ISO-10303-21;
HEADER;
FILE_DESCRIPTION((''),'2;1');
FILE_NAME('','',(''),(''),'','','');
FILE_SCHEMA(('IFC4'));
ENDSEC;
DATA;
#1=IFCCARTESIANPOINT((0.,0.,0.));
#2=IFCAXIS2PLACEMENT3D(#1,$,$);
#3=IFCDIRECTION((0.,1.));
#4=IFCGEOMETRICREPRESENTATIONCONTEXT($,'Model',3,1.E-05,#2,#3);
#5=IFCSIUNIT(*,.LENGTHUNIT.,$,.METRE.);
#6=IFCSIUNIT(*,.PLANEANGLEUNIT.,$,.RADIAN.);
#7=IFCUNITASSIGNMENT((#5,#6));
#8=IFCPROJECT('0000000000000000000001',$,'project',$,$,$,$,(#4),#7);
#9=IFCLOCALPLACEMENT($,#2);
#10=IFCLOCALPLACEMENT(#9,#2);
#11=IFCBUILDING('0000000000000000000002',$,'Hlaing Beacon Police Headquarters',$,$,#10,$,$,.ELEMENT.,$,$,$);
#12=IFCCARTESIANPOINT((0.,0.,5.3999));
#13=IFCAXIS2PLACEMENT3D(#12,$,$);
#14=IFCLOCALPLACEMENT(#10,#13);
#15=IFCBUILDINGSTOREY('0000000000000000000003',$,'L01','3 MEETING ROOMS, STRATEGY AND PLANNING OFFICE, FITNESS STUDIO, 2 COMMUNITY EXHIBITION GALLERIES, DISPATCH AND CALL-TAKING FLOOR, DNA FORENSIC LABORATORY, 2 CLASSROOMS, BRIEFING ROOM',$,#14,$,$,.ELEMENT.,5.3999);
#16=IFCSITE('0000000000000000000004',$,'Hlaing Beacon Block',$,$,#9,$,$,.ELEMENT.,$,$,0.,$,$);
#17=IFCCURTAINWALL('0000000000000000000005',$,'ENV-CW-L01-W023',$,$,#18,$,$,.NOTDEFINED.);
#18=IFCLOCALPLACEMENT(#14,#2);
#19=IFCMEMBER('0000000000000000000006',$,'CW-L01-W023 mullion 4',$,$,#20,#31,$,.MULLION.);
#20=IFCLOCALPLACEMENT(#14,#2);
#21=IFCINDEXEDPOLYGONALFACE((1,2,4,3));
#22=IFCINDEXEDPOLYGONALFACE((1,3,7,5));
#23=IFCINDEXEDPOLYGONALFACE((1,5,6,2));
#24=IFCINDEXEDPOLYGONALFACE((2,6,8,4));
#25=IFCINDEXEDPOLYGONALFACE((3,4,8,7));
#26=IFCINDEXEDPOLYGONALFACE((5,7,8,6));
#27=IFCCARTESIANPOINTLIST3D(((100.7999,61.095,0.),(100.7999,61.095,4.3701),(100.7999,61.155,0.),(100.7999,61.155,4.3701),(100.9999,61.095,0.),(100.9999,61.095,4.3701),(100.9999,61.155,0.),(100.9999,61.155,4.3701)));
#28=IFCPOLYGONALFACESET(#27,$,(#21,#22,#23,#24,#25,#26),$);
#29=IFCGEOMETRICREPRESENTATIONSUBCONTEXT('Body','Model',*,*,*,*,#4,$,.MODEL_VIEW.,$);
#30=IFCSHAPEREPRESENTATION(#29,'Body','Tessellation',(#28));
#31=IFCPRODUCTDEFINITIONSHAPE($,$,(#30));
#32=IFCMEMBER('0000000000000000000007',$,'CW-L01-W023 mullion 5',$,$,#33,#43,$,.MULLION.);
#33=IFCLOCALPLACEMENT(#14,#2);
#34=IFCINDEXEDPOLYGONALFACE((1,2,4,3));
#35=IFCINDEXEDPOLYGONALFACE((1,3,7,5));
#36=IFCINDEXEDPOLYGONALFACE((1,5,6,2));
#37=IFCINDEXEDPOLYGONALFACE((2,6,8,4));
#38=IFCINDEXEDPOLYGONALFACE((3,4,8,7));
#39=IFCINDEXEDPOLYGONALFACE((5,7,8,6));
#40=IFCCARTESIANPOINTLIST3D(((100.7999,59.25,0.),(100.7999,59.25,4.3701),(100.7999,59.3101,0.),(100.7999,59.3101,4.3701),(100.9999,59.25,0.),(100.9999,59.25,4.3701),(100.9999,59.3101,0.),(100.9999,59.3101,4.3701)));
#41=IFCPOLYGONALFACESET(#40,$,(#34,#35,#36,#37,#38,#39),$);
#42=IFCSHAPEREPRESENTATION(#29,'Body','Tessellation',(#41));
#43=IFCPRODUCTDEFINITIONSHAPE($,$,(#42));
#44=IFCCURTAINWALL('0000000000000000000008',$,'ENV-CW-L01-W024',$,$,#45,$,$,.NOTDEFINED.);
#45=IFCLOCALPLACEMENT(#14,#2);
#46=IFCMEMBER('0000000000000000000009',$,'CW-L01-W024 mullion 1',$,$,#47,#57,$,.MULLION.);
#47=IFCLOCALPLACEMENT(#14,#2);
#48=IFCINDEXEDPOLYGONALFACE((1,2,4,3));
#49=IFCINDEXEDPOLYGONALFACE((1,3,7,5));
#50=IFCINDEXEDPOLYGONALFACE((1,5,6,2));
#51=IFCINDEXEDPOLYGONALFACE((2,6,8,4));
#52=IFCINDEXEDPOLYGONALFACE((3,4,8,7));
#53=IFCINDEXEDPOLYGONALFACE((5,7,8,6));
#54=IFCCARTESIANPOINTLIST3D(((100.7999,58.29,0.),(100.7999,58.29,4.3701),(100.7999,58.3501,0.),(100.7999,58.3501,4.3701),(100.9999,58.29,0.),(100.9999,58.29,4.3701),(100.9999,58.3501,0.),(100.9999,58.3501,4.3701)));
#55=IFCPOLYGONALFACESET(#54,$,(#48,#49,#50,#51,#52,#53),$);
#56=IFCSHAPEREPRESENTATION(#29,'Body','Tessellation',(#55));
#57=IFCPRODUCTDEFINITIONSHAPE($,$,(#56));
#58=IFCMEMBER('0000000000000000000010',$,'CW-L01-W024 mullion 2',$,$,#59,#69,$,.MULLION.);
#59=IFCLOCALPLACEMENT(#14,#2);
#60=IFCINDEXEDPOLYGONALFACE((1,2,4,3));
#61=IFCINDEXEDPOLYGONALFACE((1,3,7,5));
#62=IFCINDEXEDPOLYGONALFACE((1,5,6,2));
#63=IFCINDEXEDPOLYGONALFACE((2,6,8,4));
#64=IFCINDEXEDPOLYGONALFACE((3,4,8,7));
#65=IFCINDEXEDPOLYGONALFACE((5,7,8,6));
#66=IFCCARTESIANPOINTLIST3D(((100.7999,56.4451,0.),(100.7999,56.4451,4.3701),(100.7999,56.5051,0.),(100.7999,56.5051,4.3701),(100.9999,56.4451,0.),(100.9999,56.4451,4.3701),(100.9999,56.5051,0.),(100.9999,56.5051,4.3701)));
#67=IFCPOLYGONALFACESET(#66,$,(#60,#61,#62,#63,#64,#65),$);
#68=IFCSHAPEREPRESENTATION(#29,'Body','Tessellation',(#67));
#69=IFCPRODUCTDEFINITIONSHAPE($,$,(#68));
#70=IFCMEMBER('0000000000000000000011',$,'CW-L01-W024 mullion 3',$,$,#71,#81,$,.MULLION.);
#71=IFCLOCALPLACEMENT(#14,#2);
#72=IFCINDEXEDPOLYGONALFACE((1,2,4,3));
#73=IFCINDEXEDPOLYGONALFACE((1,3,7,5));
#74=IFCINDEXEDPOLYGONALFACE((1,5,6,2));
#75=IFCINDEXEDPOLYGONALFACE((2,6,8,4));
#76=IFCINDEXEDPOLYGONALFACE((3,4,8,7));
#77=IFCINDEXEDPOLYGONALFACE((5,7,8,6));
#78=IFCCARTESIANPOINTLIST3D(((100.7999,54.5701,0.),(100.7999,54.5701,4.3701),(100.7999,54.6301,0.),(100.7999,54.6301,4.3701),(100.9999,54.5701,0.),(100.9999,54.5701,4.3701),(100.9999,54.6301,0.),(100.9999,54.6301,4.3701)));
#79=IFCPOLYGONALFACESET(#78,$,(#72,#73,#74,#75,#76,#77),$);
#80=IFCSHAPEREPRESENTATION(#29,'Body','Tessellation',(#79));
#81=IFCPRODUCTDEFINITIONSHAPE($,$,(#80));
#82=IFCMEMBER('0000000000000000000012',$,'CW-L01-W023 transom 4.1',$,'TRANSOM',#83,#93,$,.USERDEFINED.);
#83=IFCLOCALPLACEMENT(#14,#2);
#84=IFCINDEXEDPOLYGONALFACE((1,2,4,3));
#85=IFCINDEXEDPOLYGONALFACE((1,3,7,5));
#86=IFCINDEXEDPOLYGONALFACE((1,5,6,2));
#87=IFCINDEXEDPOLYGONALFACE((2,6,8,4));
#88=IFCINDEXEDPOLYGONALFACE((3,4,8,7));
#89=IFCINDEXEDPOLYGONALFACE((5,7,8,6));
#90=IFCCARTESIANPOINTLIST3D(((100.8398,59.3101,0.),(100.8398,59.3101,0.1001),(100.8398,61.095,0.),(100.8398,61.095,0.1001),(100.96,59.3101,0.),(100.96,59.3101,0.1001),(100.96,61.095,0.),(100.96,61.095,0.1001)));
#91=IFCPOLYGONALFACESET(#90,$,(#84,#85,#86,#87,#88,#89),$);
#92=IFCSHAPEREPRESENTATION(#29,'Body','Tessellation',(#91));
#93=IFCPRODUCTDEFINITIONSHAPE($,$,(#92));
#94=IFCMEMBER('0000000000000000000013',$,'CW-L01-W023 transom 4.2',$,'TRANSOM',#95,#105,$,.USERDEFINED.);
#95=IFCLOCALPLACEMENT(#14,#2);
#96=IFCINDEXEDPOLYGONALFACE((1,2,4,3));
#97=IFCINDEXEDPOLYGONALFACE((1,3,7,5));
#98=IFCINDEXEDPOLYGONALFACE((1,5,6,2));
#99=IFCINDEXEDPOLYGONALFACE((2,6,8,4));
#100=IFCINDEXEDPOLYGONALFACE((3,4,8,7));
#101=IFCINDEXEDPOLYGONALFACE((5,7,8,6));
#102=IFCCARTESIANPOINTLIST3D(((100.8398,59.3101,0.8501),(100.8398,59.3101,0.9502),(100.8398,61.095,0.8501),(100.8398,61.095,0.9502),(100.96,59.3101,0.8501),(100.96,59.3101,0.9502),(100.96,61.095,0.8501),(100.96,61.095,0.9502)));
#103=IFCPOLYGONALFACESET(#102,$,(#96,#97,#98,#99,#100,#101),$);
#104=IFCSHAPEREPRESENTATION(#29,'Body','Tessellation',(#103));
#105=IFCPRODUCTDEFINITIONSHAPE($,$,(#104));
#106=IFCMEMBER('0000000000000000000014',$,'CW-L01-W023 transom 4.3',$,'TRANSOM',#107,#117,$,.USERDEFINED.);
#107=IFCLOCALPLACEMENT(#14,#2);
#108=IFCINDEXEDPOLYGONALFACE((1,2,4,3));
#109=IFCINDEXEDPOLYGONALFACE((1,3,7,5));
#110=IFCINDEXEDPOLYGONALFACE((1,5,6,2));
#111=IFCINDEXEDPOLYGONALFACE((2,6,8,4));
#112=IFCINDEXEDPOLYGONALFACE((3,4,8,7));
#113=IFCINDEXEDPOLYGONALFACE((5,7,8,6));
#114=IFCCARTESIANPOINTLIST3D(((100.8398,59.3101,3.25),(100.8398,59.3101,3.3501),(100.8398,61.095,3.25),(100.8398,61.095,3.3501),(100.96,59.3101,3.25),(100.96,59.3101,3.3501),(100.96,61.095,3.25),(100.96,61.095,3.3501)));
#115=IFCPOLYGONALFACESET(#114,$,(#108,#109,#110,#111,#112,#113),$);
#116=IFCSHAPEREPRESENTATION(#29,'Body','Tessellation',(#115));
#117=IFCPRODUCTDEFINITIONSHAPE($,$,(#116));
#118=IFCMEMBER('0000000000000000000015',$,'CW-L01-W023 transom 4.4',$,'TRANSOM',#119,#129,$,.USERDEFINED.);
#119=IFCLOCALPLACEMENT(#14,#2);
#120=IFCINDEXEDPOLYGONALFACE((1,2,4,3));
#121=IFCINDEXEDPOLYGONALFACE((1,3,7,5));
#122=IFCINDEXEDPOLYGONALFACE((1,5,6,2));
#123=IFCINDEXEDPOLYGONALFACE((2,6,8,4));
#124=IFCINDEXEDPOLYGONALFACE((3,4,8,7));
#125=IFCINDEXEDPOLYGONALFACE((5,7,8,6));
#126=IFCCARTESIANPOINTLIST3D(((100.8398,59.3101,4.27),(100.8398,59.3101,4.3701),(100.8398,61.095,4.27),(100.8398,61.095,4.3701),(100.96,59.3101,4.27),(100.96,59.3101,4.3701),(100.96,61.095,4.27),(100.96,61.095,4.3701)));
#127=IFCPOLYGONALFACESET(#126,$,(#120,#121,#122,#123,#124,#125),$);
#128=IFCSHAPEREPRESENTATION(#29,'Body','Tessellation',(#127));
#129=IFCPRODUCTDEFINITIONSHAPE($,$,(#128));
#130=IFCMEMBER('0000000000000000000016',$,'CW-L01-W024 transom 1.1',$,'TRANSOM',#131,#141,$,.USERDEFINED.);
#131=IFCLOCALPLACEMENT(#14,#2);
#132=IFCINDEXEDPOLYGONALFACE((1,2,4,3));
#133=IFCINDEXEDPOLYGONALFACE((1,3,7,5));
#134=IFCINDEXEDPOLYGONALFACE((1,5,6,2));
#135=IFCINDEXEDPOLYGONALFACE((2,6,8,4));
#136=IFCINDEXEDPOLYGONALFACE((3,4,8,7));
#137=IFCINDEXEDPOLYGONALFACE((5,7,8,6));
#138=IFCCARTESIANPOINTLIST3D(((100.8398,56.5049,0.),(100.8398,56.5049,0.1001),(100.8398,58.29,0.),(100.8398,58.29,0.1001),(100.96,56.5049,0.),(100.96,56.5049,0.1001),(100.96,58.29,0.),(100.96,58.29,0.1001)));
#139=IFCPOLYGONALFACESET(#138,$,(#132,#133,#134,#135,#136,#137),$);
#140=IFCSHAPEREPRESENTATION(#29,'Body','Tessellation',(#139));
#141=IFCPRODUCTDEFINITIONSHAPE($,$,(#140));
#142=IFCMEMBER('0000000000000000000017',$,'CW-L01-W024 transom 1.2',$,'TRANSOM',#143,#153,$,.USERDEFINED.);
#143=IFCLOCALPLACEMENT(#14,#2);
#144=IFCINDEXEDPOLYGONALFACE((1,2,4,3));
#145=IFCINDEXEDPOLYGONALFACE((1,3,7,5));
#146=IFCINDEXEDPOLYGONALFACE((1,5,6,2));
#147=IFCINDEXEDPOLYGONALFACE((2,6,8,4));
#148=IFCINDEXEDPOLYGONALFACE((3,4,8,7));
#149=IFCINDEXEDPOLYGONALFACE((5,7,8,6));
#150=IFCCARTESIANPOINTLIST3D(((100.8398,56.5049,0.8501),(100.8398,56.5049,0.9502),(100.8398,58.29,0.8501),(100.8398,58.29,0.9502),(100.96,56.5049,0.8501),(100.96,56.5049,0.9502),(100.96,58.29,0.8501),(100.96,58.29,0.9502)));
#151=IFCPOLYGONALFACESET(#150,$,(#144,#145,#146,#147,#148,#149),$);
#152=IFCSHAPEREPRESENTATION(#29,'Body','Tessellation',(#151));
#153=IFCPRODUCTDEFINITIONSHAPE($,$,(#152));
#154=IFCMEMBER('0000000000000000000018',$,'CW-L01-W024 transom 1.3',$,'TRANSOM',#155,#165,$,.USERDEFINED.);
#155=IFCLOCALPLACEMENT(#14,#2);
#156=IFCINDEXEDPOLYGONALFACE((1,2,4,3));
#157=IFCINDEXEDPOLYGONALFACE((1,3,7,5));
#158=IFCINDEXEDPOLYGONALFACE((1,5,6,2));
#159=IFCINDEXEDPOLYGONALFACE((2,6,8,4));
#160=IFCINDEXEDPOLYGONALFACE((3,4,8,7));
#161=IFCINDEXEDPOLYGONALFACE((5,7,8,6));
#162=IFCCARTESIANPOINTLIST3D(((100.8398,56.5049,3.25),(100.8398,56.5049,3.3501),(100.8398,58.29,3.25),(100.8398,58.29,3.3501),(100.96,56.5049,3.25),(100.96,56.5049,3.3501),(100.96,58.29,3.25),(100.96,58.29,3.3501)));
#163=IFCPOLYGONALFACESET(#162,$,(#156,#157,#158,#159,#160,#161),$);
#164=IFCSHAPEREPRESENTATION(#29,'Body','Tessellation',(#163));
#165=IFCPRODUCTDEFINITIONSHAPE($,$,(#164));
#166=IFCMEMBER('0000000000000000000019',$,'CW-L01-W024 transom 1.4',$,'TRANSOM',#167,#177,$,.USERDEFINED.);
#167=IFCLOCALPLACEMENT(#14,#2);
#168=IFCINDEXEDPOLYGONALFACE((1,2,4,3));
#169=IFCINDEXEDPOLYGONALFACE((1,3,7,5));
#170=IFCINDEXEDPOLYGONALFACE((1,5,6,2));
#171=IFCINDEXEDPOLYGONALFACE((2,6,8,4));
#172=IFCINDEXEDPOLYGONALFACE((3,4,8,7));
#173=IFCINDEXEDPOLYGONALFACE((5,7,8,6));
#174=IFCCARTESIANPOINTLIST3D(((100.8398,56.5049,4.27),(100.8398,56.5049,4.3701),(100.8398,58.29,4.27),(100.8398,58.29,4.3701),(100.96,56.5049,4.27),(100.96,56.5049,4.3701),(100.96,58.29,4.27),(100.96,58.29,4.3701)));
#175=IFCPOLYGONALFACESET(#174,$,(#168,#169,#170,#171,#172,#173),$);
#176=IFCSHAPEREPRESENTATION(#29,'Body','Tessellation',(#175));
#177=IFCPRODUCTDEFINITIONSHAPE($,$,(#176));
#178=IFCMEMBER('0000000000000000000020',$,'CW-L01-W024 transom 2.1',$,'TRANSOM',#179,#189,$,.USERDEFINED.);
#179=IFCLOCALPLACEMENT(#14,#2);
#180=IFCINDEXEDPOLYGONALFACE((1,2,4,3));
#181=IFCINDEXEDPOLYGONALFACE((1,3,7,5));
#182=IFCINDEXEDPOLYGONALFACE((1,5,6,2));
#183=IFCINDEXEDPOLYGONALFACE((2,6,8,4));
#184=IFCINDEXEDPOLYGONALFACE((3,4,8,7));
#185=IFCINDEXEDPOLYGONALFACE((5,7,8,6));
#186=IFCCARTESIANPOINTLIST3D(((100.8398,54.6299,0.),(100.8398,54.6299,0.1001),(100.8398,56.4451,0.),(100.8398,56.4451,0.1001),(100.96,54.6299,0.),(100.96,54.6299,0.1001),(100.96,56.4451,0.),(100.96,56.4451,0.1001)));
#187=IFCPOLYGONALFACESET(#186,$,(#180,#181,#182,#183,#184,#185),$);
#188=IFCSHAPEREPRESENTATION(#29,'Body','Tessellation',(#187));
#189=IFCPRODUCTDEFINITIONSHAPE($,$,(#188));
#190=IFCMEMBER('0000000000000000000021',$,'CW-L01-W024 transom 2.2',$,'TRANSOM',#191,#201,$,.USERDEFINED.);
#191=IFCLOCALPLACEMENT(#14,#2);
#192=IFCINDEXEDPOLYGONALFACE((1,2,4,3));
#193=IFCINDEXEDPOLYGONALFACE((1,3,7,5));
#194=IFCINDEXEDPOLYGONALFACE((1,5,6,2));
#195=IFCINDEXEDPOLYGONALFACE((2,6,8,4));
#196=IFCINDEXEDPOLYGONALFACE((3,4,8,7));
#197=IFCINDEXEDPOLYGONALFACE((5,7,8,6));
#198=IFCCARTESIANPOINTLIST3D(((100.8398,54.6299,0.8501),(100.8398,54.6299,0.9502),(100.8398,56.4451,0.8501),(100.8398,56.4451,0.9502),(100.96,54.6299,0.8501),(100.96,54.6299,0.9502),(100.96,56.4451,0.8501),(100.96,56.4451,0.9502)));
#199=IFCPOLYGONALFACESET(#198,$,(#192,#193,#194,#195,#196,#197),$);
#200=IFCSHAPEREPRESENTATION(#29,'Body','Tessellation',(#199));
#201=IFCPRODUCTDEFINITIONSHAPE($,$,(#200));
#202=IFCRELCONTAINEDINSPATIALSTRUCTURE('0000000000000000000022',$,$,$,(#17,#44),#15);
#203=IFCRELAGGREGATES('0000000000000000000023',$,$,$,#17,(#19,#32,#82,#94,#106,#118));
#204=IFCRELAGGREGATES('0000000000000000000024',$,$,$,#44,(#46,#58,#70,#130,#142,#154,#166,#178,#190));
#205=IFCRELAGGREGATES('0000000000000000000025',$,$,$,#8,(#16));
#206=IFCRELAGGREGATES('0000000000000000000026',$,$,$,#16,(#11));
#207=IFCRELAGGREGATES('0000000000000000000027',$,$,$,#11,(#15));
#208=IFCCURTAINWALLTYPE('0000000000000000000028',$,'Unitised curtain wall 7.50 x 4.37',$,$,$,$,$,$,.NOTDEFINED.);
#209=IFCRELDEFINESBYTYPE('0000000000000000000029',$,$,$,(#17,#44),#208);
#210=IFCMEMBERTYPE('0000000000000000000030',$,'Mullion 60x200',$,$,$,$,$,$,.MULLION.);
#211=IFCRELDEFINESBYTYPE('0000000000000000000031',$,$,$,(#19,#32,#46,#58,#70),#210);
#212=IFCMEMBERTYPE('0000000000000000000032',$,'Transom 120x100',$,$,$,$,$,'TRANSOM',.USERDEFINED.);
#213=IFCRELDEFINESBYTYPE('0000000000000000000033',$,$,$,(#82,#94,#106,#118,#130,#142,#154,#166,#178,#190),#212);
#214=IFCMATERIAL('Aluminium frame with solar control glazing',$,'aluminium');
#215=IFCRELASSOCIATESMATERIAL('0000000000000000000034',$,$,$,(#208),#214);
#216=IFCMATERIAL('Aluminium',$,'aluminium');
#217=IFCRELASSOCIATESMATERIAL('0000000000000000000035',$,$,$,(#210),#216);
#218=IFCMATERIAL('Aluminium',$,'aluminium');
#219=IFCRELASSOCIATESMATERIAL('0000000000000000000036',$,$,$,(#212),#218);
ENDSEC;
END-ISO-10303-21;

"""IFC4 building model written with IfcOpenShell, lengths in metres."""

from ifc_helpers import new_model, si_unit, direction, frame, origin, origin_2d, place, context, subcontext, project, spatial, rectangle, extrude, material, material_profile, profile_set, type_object, element, aggregate, save


model = new_model("IFC4")

# Units and contexts
model_context = context("Model", 3, precision=1e-05, world=origin(), true_north=direction((0.0, 1.0)))
body_context = subcontext(model_context, "Body", "Model", "MODEL_VIEW")
ifc_project = project(units=[si_unit("LENGTHUNIT", "METRE"), si_unit("PLANEANGLEUNIT", "RADIAN")], contexts=[model_context])

# Site, building, storey
site_placement = place(None, origin())
site = spatial("IfcSite", under=ifc_project, at=site_placement, Name="Hlaing Beacon Block", CompositionType="ELEMENT", RefElevation=0.0)
building_placement = place(site_placement, origin())
building = spatial("IfcBuilding", under=site, at=building_placement, Name="Hlaing Beacon Police Headquarters", CompositionType="ELEMENT")
storey_placement = place(building_placement, frame((0.0, 0.0, 5.3999)))
storey = spatial("IfcBuildingStorey", under=building, at=storey_placement, Name="L01", Description="3 MEETING ROOMS, STRATEGY AND PLANNING OFFICE, FITNESS STUDIO, 2 COMMUNITY EXHIBITION GALLERIES, DISPATCH AND CALL-TAKING FLOOR, DNA FORENSIC LABORATORY, 2 CLASSROOMS, BRIEFING ROOM", CompositionType="ELEMENT", Elevation=5.3999)

# Curtain walls, members
ifc_material_1 = material(Name="Aluminium frame with solar control glazing", Category="aluminium")
curtain_wall_type = type_object("IfcCurtainWallType", Name="Unitised curtain wall 7.50 x 4.37", PredefinedType="NOTDEFINED", material=ifc_material_1)
curtain_wall_1_placement = place(storey_placement, origin())
curtain_wall_1 = element("IfcCurtainWall", 1, at=curtain_wall_1_placement, inside=storey, type_object=curtain_wall_type, Name="ENV-CW-L01-W023", PredefinedType="NOTDEFINED")
ifc_material_2 = material(Name="Aluminium", Category="aluminium")
ifc_material_profile_1 = material_profile(ifc_material_2, rectangle(XDim=0.2, YDim=0.0601, at=origin_2d()), Name="Mullion 60x200")
ifc_profile_set_1 = profile_set([ifc_material_profile_1], Name="Aluminium")
member_type_1 = type_object("IfcMemberType", Name="Mullion 60x200", PredefinedType="MULLION", material=ifc_profile_set_1)
member_1_placement = place(storey_placement, frame((100.8999, 61.125, 0.0), z_axis=(0.0, 0.0, 1.0), x_axis=(1.0, 0.0, 0.0)))
member_1 = element("IfcMember", 2, at=member_1_placement, type_object=member_type_1, Name="CW-L01-W023 mullion 4", PredefinedType="MULLION", context=body_context, shape_type="SweptSolid", body=[
    extrude(rectangle(XDim=0.2, YDim=0.0601, at=origin_2d()), origin(), (0.0, 0.0, 1.0), 4.3701),
])
member_2_placement = place(storey_placement, frame((100.8999, 59.28, 0.0), z_axis=(0.0, 0.0, 1.0), x_axis=(1.0, 0.0, 0.0)))
member_2 = element("IfcMember", 3, at=member_2_placement, type_object=member_type_1, Name="CW-L01-W023 mullion 5", PredefinedType="MULLION", context=body_context, shape_type="SweptSolid", body=[
    extrude(rectangle(XDim=0.2, YDim=0.0601, at=origin_2d()), origin(), (0.0, 0.0, 1.0), 4.3701),
])
curtain_wall_2_placement = place(storey_placement, origin())
curtain_wall_2 = element("IfcCurtainWall", 4, at=curtain_wall_2_placement, inside=storey, type_object=curtain_wall_type, Name="ENV-CW-L01-W024", PredefinedType="NOTDEFINED")
member_3_placement = place(storey_placement, frame((100.8999, 58.3201, 0.0), z_axis=(0.0, 0.0, 1.0), x_axis=(1.0, 0.0, 0.0)))
member_3 = element("IfcMember", 5, at=member_3_placement, type_object=member_type_1, Name="CW-L01-W024 mullion 1", PredefinedType="MULLION", context=body_context, shape_type="SweptSolid", body=[
    extrude(rectangle(XDim=0.2, YDim=0.0601, at=origin_2d()), origin(), (0.0, 0.0, 1.0), 4.3701),
])
member_4_placement = place(storey_placement, frame((100.8999, 56.4751, 0.0), z_axis=(0.0, 0.0, 1.0), x_axis=(1.0, 0.0, 0.0)))
member_4 = element("IfcMember", 6, at=member_4_placement, type_object=member_type_1, Name="CW-L01-W024 mullion 2", PredefinedType="MULLION", context=body_context, shape_type="SweptSolid", body=[
    extrude(rectangle(XDim=0.2, YDim=0.0601, at=origin_2d()), origin(), (0.0, 0.0, 1.0), 4.3701),
])
member_5_placement = place(storey_placement, frame((100.8999, 54.6001, 0.0), z_axis=(0.0, 0.0, 1.0), x_axis=(1.0, 0.0, 0.0)))
member_5 = element("IfcMember", 7, at=member_5_placement, type_object=member_type_1, Name="CW-L01-W024 mullion 3", PredefinedType="MULLION", context=body_context, shape_type="SweptSolid", body=[
    extrude(rectangle(XDim=0.2, YDim=0.0601, at=origin_2d()), origin(), (0.0, 0.0, 1.0), 4.3701),
])

# Members
ifc_material_3 = material(Name="Aluminium", Category="aluminium")
ifc_material_profile_2 = material_profile(ifc_material_3, rectangle(XDim=0.1201, YDim=0.1001, at=origin_2d()), Name="Transom 120x100")
ifc_profile_set_2 = profile_set([ifc_material_profile_2], Name="Aluminium")
member_type_2 = type_object("IfcMemberType", Name="Transom 120x100", ElementType="TRANSOM", PredefinedType="USERDEFINED", material=ifc_profile_set_2)
member_6_placement = place(storey_placement, frame((100.8999, 61.095, 0.05), z_axis=(0.0, -1.0, 0.0), x_axis=(1.0, 0.0, 0.0)))
member_6 = element("IfcMember", 8, at=member_6_placement, type_object=member_type_2, Name="CW-L01-W023 transom 4.1", ObjectType="TRANSOM", PredefinedType="USERDEFINED", context=body_context, shape_type="SweptSolid", body=[
    extrude(rectangle(XDim=0.1201, YDim=0.1001, at=origin_2d()), origin(), (0.0, 0.0, 1.0), 1.7849),
])
member_7_placement = place(storey_placement, frame((100.8999, 61.095, 0.9001), z_axis=(0.0, -1.0, 0.0), x_axis=(1.0, 0.0, 0.0)))
member_7 = element("IfcMember", 9, at=member_7_placement, type_object=member_type_2, Name="CW-L01-W023 transom 4.2", ObjectType="TRANSOM", PredefinedType="USERDEFINED", context=body_context, shape_type="SweptSolid", body=[
    extrude(rectangle(XDim=0.1201, YDim=0.1001, at=origin_2d()), origin(), (0.0, 0.0, 1.0), 1.7849),
])
member_8_placement = place(storey_placement, frame((100.8999, 61.095, 3.3), z_axis=(0.0, -1.0, 0.0), x_axis=(1.0, 0.0, 0.0)))
member_8 = element("IfcMember", 10, at=member_8_placement, type_object=member_type_2, Name="CW-L01-W023 transom 4.3", ObjectType="TRANSOM", PredefinedType="USERDEFINED", context=body_context, shape_type="SweptSolid", body=[
    extrude(rectangle(XDim=0.1201, YDim=0.1001, at=origin_2d()), origin(), (0.0, 0.0, 1.0), 1.7849),
])
member_9_placement = place(storey_placement, frame((100.8999, 61.095, 4.3201), z_axis=(0.0, -1.0, 0.0), x_axis=(1.0, 0.0, 0.0)))
member_9 = element("IfcMember", 11, at=member_9_placement, type_object=member_type_2, Name="CW-L01-W023 transom 4.4", ObjectType="TRANSOM", PredefinedType="USERDEFINED", context=body_context, shape_type="SweptSolid", body=[
    extrude(rectangle(XDim=0.1201, YDim=0.1001, at=origin_2d()), origin(), (0.0, 0.0, 1.0), 1.7849),
])
member_10_placement = place(storey_placement, frame((100.8999, 58.29, 0.05), z_axis=(0.0, -1.0, 0.0), x_axis=(1.0, 0.0, 0.0)))
member_10 = element("IfcMember", 12, at=member_10_placement, type_object=member_type_2, Name="CW-L01-W024 transom 1.1", ObjectType="TRANSOM", PredefinedType="USERDEFINED", context=body_context, shape_type="SweptSolid", body=[
    extrude(rectangle(XDim=0.1201, YDim=0.1001, at=origin_2d()), origin(), (0.0, 0.0, 1.0), 1.7852),
])
member_11_placement = place(storey_placement, frame((100.8999, 58.29, 0.9001), z_axis=(0.0, -1.0, 0.0), x_axis=(1.0, 0.0, 0.0)))
member_11 = element("IfcMember", 13, at=member_11_placement, type_object=member_type_2, Name="CW-L01-W024 transom 1.2", ObjectType="TRANSOM", PredefinedType="USERDEFINED", context=body_context, shape_type="SweptSolid", body=[
    extrude(rectangle(XDim=0.1201, YDim=0.1001, at=origin_2d()), origin(), (0.0, 0.0, 1.0), 1.7852),
])
member_12_placement = place(storey_placement, frame((100.8999, 58.29, 3.3), z_axis=(0.0, -1.0, 0.0), x_axis=(1.0, 0.0, 0.0)))
member_12 = element("IfcMember", 14, at=member_12_placement, type_object=member_type_2, Name="CW-L01-W024 transom 1.3", ObjectType="TRANSOM", PredefinedType="USERDEFINED", context=body_context, shape_type="SweptSolid", body=[
    extrude(rectangle(XDim=0.1201, YDim=0.1001, at=origin_2d()), origin(), (0.0, 0.0, 1.0), 1.7852),
])
member_13_placement = place(storey_placement, frame((100.8999, 58.29, 4.3201), z_axis=(0.0, -1.0, 0.0), x_axis=(1.0, 0.0, 0.0)))
member_13 = element("IfcMember", 15, at=member_13_placement, type_object=member_type_2, Name="CW-L01-W024 transom 1.4", ObjectType="TRANSOM", PredefinedType="USERDEFINED", context=body_context, shape_type="SweptSolid", body=[
    extrude(rectangle(XDim=0.1201, YDim=0.1001, at=origin_2d()), origin(), (0.0, 0.0, 1.0), 1.7852),
])
member_14_placement = place(storey_placement, frame((100.8999, 56.4451, 0.05), z_axis=(0.0, -1.0, 0.0), x_axis=(1.0, 0.0, 0.0)))
member_14 = element("IfcMember", 16, at=member_14_placement, type_object=member_type_2, Name="CW-L01-W024 transom 2.1", ObjectType="TRANSOM", PredefinedType="USERDEFINED", context=body_context, shape_type="SweptSolid", body=[
    extrude(rectangle(XDim=0.1201, YDim=0.1001, at=origin_2d()), origin(), (0.0, 0.0, 1.0), 1.8152),
])
member_15_placement = place(storey_placement, frame((100.8999, 56.4451, 0.9001), z_axis=(0.0, -1.0, 0.0), x_axis=(1.0, 0.0, 0.0)))
member_15 = element("IfcMember", 17, at=member_15_placement, type_object=member_type_2, Name="CW-L01-W024 transom 2.2", ObjectType="TRANSOM", PredefinedType="USERDEFINED", context=body_context, shape_type="SweptSolid", body=[
    extrude(rectangle(XDim=0.1201, YDim=0.1001, at=origin_2d()), origin(), (0.0, 0.0, 1.0), 1.8152),
])

aggregate(curtain_wall_1, [member_1, member_2, member_6, member_7, member_8, member_9])
aggregate(curtain_wall_2, [member_3, member_4, member_5, member_10, member_11, member_12, member_13, member_14, member_15])

save(model, "model.ifc")
